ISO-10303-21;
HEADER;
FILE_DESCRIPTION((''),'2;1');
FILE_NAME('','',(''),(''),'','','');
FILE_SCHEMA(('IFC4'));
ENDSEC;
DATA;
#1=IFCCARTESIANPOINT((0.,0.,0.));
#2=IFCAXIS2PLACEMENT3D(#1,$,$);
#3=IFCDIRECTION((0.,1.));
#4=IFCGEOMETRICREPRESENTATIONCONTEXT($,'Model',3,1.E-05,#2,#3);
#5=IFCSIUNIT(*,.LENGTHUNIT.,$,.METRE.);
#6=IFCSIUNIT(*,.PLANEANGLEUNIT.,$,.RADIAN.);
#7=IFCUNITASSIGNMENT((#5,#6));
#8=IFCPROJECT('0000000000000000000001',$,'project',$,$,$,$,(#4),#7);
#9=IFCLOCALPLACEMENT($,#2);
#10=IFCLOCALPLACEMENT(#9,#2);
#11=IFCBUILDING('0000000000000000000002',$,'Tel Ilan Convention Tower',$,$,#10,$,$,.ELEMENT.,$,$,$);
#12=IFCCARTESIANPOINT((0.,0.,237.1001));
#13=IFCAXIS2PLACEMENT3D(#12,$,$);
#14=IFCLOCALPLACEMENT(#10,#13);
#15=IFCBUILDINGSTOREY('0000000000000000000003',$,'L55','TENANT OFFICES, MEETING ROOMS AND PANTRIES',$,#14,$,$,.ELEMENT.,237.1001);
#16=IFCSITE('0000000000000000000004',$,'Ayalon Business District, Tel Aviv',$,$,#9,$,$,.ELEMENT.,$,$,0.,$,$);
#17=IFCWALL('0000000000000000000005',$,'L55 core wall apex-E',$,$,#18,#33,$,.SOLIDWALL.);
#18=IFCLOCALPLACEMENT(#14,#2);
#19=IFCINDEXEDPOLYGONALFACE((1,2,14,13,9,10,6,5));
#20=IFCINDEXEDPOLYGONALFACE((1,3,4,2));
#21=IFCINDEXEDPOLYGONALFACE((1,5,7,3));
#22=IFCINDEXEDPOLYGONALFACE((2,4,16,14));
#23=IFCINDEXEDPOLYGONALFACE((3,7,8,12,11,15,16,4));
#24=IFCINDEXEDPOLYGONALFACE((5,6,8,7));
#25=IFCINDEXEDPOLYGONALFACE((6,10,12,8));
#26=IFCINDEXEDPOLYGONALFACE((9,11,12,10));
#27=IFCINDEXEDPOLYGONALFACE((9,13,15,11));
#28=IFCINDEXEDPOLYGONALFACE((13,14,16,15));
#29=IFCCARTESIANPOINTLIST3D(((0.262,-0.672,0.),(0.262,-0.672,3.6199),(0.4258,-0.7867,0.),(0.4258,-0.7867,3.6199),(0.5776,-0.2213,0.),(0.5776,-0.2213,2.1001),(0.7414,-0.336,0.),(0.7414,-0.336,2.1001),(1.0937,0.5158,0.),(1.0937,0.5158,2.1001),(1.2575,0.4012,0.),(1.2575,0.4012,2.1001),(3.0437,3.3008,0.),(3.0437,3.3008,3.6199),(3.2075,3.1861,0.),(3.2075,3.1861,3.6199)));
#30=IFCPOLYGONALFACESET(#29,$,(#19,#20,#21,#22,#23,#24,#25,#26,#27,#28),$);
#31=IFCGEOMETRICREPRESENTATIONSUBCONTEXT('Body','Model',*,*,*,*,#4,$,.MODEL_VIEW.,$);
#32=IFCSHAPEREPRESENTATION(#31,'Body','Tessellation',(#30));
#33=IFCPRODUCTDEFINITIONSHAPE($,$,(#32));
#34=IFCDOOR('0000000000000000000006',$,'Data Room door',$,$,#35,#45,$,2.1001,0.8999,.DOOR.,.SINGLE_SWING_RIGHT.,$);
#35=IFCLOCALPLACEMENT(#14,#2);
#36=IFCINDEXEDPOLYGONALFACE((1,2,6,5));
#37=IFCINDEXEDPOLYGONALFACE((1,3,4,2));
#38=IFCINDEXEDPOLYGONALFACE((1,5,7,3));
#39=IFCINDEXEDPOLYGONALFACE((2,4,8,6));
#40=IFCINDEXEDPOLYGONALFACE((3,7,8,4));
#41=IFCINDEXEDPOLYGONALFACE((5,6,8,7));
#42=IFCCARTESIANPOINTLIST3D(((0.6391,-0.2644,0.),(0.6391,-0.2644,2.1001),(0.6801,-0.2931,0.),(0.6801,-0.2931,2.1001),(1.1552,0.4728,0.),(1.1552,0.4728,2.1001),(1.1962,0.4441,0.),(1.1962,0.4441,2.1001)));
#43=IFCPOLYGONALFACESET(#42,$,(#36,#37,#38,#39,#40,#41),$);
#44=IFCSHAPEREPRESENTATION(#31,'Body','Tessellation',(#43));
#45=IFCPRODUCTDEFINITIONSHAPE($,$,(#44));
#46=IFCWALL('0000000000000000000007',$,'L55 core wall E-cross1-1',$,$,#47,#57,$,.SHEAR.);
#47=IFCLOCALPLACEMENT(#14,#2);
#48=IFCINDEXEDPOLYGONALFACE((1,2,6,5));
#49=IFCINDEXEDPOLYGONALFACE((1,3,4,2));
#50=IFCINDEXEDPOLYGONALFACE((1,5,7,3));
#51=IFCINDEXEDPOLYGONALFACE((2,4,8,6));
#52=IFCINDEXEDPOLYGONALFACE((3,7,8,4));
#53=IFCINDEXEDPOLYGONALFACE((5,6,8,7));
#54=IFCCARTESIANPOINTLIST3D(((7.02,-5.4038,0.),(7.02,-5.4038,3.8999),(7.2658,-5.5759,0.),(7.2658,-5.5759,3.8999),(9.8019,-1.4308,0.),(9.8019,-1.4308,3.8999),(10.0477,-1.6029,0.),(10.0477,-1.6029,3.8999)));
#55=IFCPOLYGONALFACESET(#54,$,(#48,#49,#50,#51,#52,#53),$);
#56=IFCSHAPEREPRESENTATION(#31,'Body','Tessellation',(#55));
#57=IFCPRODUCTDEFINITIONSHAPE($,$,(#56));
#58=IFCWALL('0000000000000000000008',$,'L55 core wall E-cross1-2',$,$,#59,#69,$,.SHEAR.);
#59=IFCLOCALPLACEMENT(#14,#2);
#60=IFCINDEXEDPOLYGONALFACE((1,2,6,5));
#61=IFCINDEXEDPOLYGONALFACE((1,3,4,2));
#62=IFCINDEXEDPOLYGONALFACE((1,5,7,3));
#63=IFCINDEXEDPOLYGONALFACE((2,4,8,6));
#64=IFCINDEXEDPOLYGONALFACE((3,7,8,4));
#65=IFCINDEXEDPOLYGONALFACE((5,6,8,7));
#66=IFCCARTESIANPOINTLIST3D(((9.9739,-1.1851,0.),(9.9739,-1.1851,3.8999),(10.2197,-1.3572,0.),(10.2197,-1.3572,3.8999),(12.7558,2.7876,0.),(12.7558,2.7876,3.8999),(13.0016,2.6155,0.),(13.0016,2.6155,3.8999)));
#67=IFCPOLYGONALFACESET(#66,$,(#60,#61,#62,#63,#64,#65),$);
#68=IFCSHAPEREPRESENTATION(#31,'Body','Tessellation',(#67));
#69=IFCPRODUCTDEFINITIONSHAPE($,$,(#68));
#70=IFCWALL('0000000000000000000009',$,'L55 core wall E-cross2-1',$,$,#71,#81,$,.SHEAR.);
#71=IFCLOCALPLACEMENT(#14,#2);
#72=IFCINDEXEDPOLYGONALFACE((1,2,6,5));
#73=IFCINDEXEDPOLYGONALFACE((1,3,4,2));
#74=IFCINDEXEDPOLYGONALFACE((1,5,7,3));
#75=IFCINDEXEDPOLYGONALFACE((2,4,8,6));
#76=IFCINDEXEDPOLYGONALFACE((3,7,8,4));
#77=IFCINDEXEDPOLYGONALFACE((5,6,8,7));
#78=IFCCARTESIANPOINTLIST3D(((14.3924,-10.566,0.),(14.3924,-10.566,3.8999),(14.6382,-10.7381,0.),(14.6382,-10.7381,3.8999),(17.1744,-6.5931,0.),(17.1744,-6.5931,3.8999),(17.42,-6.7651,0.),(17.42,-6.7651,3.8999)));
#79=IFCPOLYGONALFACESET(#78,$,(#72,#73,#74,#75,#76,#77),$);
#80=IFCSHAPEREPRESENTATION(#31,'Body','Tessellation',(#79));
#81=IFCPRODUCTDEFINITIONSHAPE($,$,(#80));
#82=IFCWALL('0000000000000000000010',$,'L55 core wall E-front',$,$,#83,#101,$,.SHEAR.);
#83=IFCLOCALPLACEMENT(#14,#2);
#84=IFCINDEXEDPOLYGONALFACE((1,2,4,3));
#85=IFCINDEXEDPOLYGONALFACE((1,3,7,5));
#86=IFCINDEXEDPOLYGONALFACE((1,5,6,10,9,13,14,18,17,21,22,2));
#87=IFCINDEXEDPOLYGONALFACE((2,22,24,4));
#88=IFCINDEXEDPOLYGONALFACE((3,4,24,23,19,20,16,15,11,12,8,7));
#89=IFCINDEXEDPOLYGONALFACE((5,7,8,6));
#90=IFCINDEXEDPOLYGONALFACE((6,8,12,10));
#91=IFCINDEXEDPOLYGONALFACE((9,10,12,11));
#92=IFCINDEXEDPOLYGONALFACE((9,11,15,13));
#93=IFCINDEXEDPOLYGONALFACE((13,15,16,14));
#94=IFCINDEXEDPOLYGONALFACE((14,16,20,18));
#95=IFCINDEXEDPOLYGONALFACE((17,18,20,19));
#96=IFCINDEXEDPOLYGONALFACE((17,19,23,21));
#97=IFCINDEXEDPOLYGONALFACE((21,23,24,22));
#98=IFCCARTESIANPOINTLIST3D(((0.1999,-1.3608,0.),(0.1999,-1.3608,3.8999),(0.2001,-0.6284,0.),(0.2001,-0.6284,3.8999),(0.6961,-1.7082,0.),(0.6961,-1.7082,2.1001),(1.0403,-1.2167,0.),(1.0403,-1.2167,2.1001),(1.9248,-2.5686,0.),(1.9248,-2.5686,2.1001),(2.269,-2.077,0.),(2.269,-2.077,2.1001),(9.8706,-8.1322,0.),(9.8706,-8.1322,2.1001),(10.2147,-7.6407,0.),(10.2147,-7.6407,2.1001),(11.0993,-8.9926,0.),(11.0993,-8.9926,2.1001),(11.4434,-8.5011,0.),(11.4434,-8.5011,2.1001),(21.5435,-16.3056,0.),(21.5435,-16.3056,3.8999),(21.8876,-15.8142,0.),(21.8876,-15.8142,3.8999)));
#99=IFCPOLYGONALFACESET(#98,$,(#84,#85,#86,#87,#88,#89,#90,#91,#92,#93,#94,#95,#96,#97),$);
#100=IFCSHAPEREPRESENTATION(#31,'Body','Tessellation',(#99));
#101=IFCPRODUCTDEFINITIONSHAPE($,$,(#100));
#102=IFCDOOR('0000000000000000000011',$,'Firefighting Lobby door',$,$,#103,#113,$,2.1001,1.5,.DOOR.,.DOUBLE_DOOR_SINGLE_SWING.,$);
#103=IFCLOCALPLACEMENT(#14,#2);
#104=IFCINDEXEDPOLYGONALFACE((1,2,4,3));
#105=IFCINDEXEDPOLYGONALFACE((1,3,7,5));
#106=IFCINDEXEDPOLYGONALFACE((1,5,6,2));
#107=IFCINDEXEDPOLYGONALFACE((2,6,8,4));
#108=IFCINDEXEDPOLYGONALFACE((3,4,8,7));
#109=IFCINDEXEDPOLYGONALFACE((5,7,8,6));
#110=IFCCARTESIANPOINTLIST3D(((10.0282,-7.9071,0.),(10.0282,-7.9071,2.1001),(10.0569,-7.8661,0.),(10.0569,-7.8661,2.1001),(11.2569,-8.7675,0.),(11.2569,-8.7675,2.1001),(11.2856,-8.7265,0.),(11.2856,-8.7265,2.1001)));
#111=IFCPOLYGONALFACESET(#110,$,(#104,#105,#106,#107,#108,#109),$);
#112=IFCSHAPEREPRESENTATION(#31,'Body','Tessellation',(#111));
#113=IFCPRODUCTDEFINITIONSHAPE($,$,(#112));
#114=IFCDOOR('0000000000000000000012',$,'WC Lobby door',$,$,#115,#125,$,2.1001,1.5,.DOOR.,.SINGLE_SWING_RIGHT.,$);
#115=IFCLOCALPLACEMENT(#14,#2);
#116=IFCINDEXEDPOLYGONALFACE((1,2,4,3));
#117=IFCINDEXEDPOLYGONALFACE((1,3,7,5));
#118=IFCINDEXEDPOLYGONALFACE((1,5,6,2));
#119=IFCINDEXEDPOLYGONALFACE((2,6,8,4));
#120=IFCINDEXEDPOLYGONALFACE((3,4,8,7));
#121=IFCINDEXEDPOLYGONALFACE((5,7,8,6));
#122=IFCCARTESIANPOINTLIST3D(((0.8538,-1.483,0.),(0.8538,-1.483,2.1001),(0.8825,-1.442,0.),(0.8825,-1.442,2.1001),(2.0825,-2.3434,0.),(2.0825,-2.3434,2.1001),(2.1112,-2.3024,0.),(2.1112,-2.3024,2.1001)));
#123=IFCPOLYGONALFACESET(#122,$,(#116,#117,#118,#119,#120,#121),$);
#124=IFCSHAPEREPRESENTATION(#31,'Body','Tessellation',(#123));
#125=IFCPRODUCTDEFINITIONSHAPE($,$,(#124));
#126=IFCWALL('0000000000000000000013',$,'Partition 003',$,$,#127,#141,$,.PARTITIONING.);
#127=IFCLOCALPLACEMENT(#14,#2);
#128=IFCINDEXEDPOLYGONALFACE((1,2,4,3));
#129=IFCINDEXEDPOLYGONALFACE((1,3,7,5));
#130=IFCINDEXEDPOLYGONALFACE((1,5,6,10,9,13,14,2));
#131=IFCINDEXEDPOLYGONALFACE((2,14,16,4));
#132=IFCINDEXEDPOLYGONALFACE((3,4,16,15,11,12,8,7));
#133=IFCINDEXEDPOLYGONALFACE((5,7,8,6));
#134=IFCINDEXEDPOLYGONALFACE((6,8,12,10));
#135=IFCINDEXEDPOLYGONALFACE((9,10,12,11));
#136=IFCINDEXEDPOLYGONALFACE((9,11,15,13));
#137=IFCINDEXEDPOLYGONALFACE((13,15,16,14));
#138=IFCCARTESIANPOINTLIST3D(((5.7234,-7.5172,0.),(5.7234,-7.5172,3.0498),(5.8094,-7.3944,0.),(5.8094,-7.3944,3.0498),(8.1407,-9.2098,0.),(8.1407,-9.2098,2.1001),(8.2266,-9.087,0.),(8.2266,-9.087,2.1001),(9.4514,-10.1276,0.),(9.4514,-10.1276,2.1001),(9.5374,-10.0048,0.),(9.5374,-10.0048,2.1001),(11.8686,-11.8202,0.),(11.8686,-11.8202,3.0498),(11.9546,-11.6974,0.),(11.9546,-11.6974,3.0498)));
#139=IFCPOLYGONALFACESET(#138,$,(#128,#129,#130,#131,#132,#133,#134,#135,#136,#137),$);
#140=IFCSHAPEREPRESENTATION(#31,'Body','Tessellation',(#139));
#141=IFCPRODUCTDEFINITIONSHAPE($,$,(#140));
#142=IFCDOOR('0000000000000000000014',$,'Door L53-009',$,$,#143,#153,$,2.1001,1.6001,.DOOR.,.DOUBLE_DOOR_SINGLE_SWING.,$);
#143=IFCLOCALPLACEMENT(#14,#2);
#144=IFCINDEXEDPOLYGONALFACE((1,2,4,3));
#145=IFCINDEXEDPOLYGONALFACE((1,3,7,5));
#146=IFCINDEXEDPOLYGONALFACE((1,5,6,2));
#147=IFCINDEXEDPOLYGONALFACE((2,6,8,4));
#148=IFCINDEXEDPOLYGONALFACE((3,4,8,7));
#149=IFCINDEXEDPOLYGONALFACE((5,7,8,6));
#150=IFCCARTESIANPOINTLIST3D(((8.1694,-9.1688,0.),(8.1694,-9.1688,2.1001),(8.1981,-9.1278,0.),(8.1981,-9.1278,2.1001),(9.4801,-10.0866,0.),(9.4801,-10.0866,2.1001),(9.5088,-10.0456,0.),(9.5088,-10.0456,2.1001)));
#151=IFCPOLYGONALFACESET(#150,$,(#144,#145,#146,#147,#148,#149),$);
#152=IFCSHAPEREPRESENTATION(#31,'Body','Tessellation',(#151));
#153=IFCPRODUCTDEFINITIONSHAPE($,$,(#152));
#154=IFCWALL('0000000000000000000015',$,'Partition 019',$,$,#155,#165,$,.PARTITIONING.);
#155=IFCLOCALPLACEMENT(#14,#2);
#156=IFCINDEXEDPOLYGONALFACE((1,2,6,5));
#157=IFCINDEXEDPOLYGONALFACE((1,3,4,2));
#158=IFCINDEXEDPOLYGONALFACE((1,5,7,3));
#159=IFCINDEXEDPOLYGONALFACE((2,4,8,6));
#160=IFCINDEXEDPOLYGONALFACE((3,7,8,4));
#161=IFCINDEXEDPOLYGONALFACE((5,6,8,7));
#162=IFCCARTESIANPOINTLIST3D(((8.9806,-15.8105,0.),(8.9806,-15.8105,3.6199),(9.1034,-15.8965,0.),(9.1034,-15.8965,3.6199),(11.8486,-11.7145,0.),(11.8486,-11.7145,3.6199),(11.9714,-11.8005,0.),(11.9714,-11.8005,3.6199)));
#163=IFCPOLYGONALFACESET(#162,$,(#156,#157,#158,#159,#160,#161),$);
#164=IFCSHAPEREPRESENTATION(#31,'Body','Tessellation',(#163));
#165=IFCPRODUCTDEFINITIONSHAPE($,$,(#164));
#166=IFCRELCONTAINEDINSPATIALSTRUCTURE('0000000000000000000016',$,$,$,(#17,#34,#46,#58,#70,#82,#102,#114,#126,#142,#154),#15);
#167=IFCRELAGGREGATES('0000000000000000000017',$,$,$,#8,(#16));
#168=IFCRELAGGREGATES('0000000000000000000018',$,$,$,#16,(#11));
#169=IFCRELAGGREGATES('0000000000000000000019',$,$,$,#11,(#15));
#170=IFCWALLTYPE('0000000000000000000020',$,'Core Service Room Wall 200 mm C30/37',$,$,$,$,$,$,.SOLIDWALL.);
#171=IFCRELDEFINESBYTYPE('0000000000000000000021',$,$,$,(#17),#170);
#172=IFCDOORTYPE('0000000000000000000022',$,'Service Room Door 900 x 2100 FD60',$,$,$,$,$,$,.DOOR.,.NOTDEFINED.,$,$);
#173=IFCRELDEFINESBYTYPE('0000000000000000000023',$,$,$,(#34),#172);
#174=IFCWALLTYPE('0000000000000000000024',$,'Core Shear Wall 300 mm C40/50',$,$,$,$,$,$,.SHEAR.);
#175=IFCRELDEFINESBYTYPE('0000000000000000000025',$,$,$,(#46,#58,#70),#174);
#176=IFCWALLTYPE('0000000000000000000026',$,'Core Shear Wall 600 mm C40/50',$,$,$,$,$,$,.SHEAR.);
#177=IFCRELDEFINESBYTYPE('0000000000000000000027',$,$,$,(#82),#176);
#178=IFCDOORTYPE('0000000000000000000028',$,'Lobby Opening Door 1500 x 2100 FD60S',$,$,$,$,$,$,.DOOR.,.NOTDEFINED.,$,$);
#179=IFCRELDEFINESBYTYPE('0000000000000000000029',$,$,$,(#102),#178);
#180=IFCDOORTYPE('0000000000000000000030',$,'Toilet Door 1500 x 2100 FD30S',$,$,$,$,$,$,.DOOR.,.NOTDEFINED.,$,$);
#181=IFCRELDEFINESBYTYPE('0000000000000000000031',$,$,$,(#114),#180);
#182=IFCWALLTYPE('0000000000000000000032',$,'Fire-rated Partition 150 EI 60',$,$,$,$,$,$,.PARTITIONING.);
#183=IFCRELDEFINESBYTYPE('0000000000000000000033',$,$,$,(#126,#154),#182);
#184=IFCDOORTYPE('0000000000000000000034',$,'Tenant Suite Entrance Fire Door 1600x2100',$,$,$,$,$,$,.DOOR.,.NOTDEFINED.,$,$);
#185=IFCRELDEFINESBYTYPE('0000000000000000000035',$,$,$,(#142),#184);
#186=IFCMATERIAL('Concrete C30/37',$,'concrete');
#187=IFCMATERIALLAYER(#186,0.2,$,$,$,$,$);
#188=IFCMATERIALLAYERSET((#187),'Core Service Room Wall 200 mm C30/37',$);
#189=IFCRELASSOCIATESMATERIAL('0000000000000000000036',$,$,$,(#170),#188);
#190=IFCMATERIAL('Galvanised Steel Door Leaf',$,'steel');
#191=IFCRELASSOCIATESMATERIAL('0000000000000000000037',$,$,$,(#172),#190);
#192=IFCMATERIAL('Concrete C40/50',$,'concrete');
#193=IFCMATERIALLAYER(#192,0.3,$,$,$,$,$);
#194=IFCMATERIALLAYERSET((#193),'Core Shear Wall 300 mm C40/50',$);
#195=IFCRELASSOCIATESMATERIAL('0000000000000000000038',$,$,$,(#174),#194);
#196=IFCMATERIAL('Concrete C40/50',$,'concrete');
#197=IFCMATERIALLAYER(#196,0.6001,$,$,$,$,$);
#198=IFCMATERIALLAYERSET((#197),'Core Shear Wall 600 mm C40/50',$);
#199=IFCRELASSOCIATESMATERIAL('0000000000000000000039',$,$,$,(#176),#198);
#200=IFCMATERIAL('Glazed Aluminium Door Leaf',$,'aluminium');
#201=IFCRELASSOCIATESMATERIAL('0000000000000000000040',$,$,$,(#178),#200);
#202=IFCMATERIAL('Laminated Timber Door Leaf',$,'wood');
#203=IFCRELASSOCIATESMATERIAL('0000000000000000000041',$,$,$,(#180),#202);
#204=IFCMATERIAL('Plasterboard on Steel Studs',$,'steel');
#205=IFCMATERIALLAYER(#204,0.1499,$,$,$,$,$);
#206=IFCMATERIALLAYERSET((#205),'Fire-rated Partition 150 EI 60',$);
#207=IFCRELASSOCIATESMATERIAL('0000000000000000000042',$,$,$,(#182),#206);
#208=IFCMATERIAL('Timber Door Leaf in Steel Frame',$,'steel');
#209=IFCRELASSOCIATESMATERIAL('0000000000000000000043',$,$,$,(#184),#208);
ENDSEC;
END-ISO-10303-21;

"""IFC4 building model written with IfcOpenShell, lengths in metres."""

from ifc_helpers import new_model, si_unit, direction, frame, frame_2d, origin, place, context, subcontext, project, spatial, polyline, rectangle, outline, extrude, material, layer, layer_set, type_object, element, fill, save


model = new_model("IFC4")

# Units and contexts
model_context = context("Model", 3, precision=1e-05, world=origin(), true_north=direction((0.0, 1.0)))
body_context = subcontext(model_context, "Body", "Model", "MODEL_VIEW")
ifc_project = project(units=[si_unit("LENGTHUNIT", "METRE"), si_unit("PLANEANGLEUNIT", "RADIAN")], contexts=[model_context])

# Site, building, storey
site_placement = place(None, origin())
site = spatial("IfcSite", under=ifc_project, at=site_placement, Name="Ayalon Business District, Tel Aviv", CompositionType="ELEMENT", RefElevation=0.0)
building_placement = place(site_placement, origin())
building = spatial("IfcBuilding", under=site, at=building_placement, Name="Tel Ilan Convention Tower", CompositionType="ELEMENT")
storey_placement = place(building_placement, frame((0.0, 0.0, 237.1001)))
storey = spatial("IfcBuildingStorey", under=building, at=storey_placement, Name="L55", Description="TENANT OFFICES, MEETING ROOMS AND PANTRIES", CompositionType="ELEMENT", Elevation=237.1001)

# Wall, opening, door
ifc_material_1 = material(Name="Concrete C30/37", Category="concrete")
ifc_layer_1 = layer(ifc_material_1, 0.2)
ifc_layer_set_1 = layer_set([ifc_layer_1], Name="Core Service Room Wall 200 mm C30/37")
wall_type_1 = type_object("IfcWallType", Name="Core Service Room Wall 200 mm C30/37", PredefinedType="SOLIDWALL", material=ifc_layer_set_1)
wall_1_placement = place(storey_placement, frame((0.344, -0.7292, 0.0), z_axis=(0.0, 0.0, 1.0), x_axis=(0.57356, 0.819163, 0.0)))
wall_1 = element("IfcWall", 1, at=wall_1_placement, inside=storey, type_object=wall_type_1, Name="L55 core wall apex-E", PredefinedType="SOLIDWALL", context=body_context, shape_type="SweptSolid", body=[
    extrude(rectangle(XDim=4.8499, YDim=0.2, at=frame_2d((2.4248, 0.0))), origin(), (0.0, 0.0, 1.0), 3.6199),
])
opening_1_placement = place(wall_1_placement, frame((0.55, 0.0, 0.0)))
opening_1 = element("IfcOpeningElement", 2, at=opening_1_placement, cuts=wall_1, PredefinedType="OPENING", context=body_context, shape_type="SweptSolid", body=[
    extrude(rectangle(XDim=0.8999, YDim=2.1001, at=frame_2d((0.45, 1.05))), frame((0.0, 0.1099, 0.0), z_axis=(0.0, -1.0, 0.0), x_axis=(1.0, 0.0, 0.0)), (0.0, 0.0, 1.0), 0.22),
])
ifc_material_2 = material(Name="Galvanised Steel Door Leaf", Category="steel")
door_type_1 = type_object("IfcDoorType", Name="Service Room Door 900 x 2100 FD60", OperationType="NOTDEFINED", PredefinedType="DOOR", material=ifc_material_2)
door_1_placement = place(opening_1_placement, origin())
door_1 = element("IfcDoor", 3, at=door_1_placement, inside=storey, type_object=door_type_1, Name="Data Room door", OperationType="SINGLE_SWING_RIGHT", OverallHeight=2.1001, OverallWidth=0.8999, PredefinedType="DOOR", context=body_context, shape_type="SweptSolid", body=[
    extrude(rectangle(XDim=0.8999, YDim=2.1001, at=frame_2d((0.45, 1.05))), frame((0.0, 0.0249, 0.0), z_axis=(0.0, -1.0, 0.0), x_axis=(1.0, 0.0, 0.0)), (0.0, 0.0, 1.0), 0.05),
])
fill(opening_1, door_1)

# Walls
ifc_material_3 = material(Name="Concrete C40/50", Category="concrete")
ifc_layer_2 = layer(ifc_material_3, 0.3)
ifc_layer_set_2 = layer_set([ifc_layer_2], Name="Core Shear Wall 300 mm C40/50")
wall_type_2 = type_object("IfcWallType", Name="Core Shear Wall 300 mm C40/50", PredefinedType="SHEAR", material=ifc_layer_set_2)
wall_2_placement = place(storey_placement, frame((7.1428, -5.4897, 0.0), z_axis=(0.0, 0.0, 1.0), x_axis=(0.573618, 0.819123, 0.0)))
element("IfcWall", 4, at=wall_2_placement, inside=storey, type_object=wall_type_2, Name="L55 core wall E-cross1-1", PredefinedType="SHEAR", context=body_context, shape_type="SweptSolid", body=[
    extrude(outline(polyline([(0.0, 0.1499), (0.0, -0.1501), (4.8501, -0.1499), (4.8501, 0.1501), (0.0, 0.1499)])), origin(), (0.0, 0.0, 1.0), 3.8999),
])
wall_3_placement = place(storey_placement, frame((10.0969, -1.2712, 0.0), z_axis=(0.0, 0.0, 1.0), x_axis=(0.57356, 0.819163, 0.0)))
element("IfcWall", 5, at=wall_3_placement, inside=storey, type_object=wall_type_2, Name="L55 core wall E-cross1-2", PredefinedType="SHEAR", context=body_context, shape_type="SweptSolid", body=[
    extrude(outline(polyline([(4.8499, -0.1501), (4.8499, 0.1499), (0.0, 0.1501), (0.0, -0.1499), (4.8499, -0.1501)])), origin(), (0.0, 0.0, 1.0), 3.8999),
])
wall_4_placement = place(storey_placement, frame((14.5154, -10.6521, 0.0), z_axis=(0.0, 0.0, 1.0), x_axis=(0.57356, 0.819163, 0.0)))
element("IfcWall", 6, at=wall_4_placement, inside=storey, type_object=wall_type_2, Name="L55 core wall E-cross2-1", PredefinedType="SHEAR", context=body_context, shape_type="SweptSolid", body=[
    extrude(outline(polyline([(0.0, 0.1501), (0.0, -0.1499), (4.8501, -0.1499), (4.8501, 0.1499), (0.0, 0.1501)])), origin(), (0.0, 0.0, 1.0), 3.8999),
])

# Wall, openings, doors
ifc_material_4 = material(Name="Concrete C40/50", Category="concrete")
ifc_layer_3 = layer(ifc_material_4, 0.6001)
ifc_layer_set_3 = layer_set([ifc_layer_3], Name="Core Shear Wall 600 mm C40/50")
wall_type_3 = type_object("IfcWallType", Name="Core Shear Wall 600 mm C40/50", PredefinedType="SHEAR", material=ifc_layer_set_3)
wall_5_placement = place(storey_placement, frame((0.0278, -0.874, 0.0), z_axis=(0.0, 0.0, 1.0), x_axis=(0.81915, -0.573579, 0.0)))
wall_5 = element("IfcWall", 7, at=wall_5_placement, inside=storey, type_object=wall_type_3, Name="L55 core wall E-front", PredefinedType="SHEAR", context=body_context, shape_type="SweptSolid", body=[
    extrude(outline(polyline([(26.4758, 0.3), (0.0002, 0.3), (0.4202, -0.3), (26.4758, -0.2998), (26.4758, 0.3)])), origin(), (0.0, 0.0, 1.0), 3.8999),
])
opening_2_placement = place(wall_5_placement, frame((1.0259, 0.0, 0.0)))
opening_2 = element("IfcOpeningElement", 8, at=opening_2_placement, cuts=wall_5, PredefinedType="OPENING", context=body_context, shape_type="SweptSolid", body=[
    extrude(rectangle(XDim=1.5, YDim=2.1001, at=frame_2d((0.75, 1.05))), frame((0.0, 0.3101, 0.0), z_axis=(0.0, -1.0, 0.0), x_axis=(1.0, 0.0, 0.0)), (0.0, 0.0, 1.0), 0.6201),
])
opening_3_placement = place(wall_5_placement, frame((12.2258, 0.0, 0.0)))
opening_3 = element("IfcOpeningElement", 9, at=opening_3_placement, cuts=wall_5, PredefinedType="OPENING", context=body_context, shape_type="SweptSolid", body=[
    extrude(rectangle(XDim=1.5, YDim=2.1001, at=frame_2d((0.75, 1.05))), frame((0.0, 0.3101, 0.0), z_axis=(0.0, -1.0, 0.0), x_axis=(1.0, 0.0, 0.0)), (0.0, 0.0, 1.0), 0.6201),
])
ifc_material_5 = material(Name="Glazed Aluminium Door Leaf", Category="aluminium")
door_type_2 = type_object("IfcDoorType", Name="Lobby Opening Door 1500 x 2100 FD60S", OperationType="NOTDEFINED", PredefinedType="DOOR", material=ifc_material_5)
door_2_placement = place(opening_3_placement, origin())
door_2 = element("IfcDoor", 10, at=door_2_placement, inside=storey, type_object=door_type_2, Name="Firefighting Lobby door", OperationType="DOUBLE_DOOR_SINGLE_SWING", OverallHeight=2.1001, OverallWidth=1.5, PredefinedType="DOOR", context=body_context, shape_type="SweptSolid", body=[
    extrude(rectangle(XDim=1.5, YDim=2.1001, at=frame_2d((0.75, 1.05))), frame((0.0, 0.0249, 0.0), z_axis=(0.0, -1.0, 0.0), x_axis=(1.0, 0.0, 0.0)), (0.0, 0.0, 1.0), 0.05),
])
fill(opening_3, door_2)
ifc_material_6 = material(Name="Laminated Timber Door Leaf", Category="wood")
door_type_3 = type_object("IfcDoorType", Name="Toilet Door 1500 x 2100 FD30S", OperationType="NOTDEFINED", PredefinedType="DOOR", material=ifc_material_6)
door_3_placement = place(opening_2_placement, origin())
door_3 = element("IfcDoor", 11, at=door_3_placement, inside=storey, type_object=door_type_3, Name="WC Lobby door", OperationType="SINGLE_SWING_RIGHT", OverallHeight=2.1001, OverallWidth=1.5, PredefinedType="DOOR", context=body_context, shape_type="SweptSolid", body=[
    extrude(rectangle(XDim=1.5, YDim=2.1001, at=frame_2d((0.75, 1.05))), frame((0.0, 0.0249, 0.0), z_axis=(0.0, -1.0, 0.0), x_axis=(1.0, 0.0, 0.0)), (0.0, 0.0, 1.0), 0.05),
])
fill(opening_2, door_3)

# Wall, opening, door
ifc_material_7 = material(Name="Plasterboard on Steel Studs", Category="steel")
ifc_layer_4 = layer(ifc_material_7, 0.1499)
ifc_layer_set_4 = layer_set([ifc_layer_4], Name="Fire-rated Partition 150 EI 60")
wall_type_4 = type_object("IfcWallType", Name="Fire-rated Partition 150 EI 60", PredefinedType="PARTITIONING", material=ifc_layer_set_4)
wall_6_placement = place(storey_placement, frame((11.9116, -11.7588, 0.0), z_axis=(0.0, 0.0, 1.0), x_axis=(-0.819151, 0.573578, 0.0)))
wall_6 = element("IfcWall", 12, at=wall_6_placement, inside=storey, type_object=wall_type_4, Name="Partition 003", PredefinedType="PARTITIONING", context=body_context, shape_type="SweptSolid", body=[
    extrude(rectangle(XDim=7.502, YDim=0.1499, at=frame_2d((3.751, 0.0))), origin(), (0.0, 0.0, 1.0), 3.0498),
])
opening_4_placement = place(wall_6_placement, frame((2.9509, 0.0, 0.0)))
opening_4 = element("IfcOpeningElement", 13, at=opening_4_placement, cuts=wall_6, PredefinedType="OPENING", context=body_context, shape_type="SweptSolid", body=[
    extrude(rectangle(XDim=1.6001, YDim=2.1001, at=frame_2d((0.8, 1.05))), frame((0.0, 0.085, 0.0), z_axis=(0.0, -1.0, 0.0), x_axis=(1.0, 0.0, 0.0)), (0.0, 0.0, 1.0), 0.1699),
])
ifc_material_8 = material(Name="Timber Door Leaf in Steel Frame", Category="steel")
door_type_4 = type_object("IfcDoorType", Name="Tenant Suite Entrance Fire Door 1600x2100", OperationType="NOTDEFINED", PredefinedType="DOOR", material=ifc_material_8)
door_4_placement = place(opening_4_placement, origin())
door_4 = element("IfcDoor", 14, at=door_4_placement, inside=storey, type_object=door_type_4, Name="Door L53-009", OperationType="DOUBLE_DOOR_SINGLE_SWING", OverallHeight=2.1001, OverallWidth=1.6001, PredefinedType="DOOR", context=body_context, shape_type="SweptSolid", body=[
    extrude(rectangle(XDim=1.6001, YDim=2.1001, at=frame_2d((0.8, 1.05))), frame((0.0, 0.0249, 0.0), z_axis=(0.0, -1.0, 0.0), x_axis=(1.0, 0.0, 0.0)), (0.0, 0.0, 1.0), 0.05),
])
fill(opening_4, door_4)

# Wall
wall_7_placement = place(storey_placement, frame((11.9099, -11.7576, 0.0), z_axis=(0.0, 0.0, 1.0), x_axis=(-0.573564, -0.819161, 0.0)))
element("IfcWall", 15, at=wall_7_placement, inside=storey, type_object=wall_type_4, Name="Partition 019", PredefinedType="PARTITIONING", context=body_context, shape_type="SweptSolid", body=[
    extrude(rectangle(XDim=5.0002, YDim=0.1499, at=frame_2d((2.5, 0.0))), origin(), (0.0, 0.0, 1.0), 3.6199),
])

save(model, "model.ifc")
